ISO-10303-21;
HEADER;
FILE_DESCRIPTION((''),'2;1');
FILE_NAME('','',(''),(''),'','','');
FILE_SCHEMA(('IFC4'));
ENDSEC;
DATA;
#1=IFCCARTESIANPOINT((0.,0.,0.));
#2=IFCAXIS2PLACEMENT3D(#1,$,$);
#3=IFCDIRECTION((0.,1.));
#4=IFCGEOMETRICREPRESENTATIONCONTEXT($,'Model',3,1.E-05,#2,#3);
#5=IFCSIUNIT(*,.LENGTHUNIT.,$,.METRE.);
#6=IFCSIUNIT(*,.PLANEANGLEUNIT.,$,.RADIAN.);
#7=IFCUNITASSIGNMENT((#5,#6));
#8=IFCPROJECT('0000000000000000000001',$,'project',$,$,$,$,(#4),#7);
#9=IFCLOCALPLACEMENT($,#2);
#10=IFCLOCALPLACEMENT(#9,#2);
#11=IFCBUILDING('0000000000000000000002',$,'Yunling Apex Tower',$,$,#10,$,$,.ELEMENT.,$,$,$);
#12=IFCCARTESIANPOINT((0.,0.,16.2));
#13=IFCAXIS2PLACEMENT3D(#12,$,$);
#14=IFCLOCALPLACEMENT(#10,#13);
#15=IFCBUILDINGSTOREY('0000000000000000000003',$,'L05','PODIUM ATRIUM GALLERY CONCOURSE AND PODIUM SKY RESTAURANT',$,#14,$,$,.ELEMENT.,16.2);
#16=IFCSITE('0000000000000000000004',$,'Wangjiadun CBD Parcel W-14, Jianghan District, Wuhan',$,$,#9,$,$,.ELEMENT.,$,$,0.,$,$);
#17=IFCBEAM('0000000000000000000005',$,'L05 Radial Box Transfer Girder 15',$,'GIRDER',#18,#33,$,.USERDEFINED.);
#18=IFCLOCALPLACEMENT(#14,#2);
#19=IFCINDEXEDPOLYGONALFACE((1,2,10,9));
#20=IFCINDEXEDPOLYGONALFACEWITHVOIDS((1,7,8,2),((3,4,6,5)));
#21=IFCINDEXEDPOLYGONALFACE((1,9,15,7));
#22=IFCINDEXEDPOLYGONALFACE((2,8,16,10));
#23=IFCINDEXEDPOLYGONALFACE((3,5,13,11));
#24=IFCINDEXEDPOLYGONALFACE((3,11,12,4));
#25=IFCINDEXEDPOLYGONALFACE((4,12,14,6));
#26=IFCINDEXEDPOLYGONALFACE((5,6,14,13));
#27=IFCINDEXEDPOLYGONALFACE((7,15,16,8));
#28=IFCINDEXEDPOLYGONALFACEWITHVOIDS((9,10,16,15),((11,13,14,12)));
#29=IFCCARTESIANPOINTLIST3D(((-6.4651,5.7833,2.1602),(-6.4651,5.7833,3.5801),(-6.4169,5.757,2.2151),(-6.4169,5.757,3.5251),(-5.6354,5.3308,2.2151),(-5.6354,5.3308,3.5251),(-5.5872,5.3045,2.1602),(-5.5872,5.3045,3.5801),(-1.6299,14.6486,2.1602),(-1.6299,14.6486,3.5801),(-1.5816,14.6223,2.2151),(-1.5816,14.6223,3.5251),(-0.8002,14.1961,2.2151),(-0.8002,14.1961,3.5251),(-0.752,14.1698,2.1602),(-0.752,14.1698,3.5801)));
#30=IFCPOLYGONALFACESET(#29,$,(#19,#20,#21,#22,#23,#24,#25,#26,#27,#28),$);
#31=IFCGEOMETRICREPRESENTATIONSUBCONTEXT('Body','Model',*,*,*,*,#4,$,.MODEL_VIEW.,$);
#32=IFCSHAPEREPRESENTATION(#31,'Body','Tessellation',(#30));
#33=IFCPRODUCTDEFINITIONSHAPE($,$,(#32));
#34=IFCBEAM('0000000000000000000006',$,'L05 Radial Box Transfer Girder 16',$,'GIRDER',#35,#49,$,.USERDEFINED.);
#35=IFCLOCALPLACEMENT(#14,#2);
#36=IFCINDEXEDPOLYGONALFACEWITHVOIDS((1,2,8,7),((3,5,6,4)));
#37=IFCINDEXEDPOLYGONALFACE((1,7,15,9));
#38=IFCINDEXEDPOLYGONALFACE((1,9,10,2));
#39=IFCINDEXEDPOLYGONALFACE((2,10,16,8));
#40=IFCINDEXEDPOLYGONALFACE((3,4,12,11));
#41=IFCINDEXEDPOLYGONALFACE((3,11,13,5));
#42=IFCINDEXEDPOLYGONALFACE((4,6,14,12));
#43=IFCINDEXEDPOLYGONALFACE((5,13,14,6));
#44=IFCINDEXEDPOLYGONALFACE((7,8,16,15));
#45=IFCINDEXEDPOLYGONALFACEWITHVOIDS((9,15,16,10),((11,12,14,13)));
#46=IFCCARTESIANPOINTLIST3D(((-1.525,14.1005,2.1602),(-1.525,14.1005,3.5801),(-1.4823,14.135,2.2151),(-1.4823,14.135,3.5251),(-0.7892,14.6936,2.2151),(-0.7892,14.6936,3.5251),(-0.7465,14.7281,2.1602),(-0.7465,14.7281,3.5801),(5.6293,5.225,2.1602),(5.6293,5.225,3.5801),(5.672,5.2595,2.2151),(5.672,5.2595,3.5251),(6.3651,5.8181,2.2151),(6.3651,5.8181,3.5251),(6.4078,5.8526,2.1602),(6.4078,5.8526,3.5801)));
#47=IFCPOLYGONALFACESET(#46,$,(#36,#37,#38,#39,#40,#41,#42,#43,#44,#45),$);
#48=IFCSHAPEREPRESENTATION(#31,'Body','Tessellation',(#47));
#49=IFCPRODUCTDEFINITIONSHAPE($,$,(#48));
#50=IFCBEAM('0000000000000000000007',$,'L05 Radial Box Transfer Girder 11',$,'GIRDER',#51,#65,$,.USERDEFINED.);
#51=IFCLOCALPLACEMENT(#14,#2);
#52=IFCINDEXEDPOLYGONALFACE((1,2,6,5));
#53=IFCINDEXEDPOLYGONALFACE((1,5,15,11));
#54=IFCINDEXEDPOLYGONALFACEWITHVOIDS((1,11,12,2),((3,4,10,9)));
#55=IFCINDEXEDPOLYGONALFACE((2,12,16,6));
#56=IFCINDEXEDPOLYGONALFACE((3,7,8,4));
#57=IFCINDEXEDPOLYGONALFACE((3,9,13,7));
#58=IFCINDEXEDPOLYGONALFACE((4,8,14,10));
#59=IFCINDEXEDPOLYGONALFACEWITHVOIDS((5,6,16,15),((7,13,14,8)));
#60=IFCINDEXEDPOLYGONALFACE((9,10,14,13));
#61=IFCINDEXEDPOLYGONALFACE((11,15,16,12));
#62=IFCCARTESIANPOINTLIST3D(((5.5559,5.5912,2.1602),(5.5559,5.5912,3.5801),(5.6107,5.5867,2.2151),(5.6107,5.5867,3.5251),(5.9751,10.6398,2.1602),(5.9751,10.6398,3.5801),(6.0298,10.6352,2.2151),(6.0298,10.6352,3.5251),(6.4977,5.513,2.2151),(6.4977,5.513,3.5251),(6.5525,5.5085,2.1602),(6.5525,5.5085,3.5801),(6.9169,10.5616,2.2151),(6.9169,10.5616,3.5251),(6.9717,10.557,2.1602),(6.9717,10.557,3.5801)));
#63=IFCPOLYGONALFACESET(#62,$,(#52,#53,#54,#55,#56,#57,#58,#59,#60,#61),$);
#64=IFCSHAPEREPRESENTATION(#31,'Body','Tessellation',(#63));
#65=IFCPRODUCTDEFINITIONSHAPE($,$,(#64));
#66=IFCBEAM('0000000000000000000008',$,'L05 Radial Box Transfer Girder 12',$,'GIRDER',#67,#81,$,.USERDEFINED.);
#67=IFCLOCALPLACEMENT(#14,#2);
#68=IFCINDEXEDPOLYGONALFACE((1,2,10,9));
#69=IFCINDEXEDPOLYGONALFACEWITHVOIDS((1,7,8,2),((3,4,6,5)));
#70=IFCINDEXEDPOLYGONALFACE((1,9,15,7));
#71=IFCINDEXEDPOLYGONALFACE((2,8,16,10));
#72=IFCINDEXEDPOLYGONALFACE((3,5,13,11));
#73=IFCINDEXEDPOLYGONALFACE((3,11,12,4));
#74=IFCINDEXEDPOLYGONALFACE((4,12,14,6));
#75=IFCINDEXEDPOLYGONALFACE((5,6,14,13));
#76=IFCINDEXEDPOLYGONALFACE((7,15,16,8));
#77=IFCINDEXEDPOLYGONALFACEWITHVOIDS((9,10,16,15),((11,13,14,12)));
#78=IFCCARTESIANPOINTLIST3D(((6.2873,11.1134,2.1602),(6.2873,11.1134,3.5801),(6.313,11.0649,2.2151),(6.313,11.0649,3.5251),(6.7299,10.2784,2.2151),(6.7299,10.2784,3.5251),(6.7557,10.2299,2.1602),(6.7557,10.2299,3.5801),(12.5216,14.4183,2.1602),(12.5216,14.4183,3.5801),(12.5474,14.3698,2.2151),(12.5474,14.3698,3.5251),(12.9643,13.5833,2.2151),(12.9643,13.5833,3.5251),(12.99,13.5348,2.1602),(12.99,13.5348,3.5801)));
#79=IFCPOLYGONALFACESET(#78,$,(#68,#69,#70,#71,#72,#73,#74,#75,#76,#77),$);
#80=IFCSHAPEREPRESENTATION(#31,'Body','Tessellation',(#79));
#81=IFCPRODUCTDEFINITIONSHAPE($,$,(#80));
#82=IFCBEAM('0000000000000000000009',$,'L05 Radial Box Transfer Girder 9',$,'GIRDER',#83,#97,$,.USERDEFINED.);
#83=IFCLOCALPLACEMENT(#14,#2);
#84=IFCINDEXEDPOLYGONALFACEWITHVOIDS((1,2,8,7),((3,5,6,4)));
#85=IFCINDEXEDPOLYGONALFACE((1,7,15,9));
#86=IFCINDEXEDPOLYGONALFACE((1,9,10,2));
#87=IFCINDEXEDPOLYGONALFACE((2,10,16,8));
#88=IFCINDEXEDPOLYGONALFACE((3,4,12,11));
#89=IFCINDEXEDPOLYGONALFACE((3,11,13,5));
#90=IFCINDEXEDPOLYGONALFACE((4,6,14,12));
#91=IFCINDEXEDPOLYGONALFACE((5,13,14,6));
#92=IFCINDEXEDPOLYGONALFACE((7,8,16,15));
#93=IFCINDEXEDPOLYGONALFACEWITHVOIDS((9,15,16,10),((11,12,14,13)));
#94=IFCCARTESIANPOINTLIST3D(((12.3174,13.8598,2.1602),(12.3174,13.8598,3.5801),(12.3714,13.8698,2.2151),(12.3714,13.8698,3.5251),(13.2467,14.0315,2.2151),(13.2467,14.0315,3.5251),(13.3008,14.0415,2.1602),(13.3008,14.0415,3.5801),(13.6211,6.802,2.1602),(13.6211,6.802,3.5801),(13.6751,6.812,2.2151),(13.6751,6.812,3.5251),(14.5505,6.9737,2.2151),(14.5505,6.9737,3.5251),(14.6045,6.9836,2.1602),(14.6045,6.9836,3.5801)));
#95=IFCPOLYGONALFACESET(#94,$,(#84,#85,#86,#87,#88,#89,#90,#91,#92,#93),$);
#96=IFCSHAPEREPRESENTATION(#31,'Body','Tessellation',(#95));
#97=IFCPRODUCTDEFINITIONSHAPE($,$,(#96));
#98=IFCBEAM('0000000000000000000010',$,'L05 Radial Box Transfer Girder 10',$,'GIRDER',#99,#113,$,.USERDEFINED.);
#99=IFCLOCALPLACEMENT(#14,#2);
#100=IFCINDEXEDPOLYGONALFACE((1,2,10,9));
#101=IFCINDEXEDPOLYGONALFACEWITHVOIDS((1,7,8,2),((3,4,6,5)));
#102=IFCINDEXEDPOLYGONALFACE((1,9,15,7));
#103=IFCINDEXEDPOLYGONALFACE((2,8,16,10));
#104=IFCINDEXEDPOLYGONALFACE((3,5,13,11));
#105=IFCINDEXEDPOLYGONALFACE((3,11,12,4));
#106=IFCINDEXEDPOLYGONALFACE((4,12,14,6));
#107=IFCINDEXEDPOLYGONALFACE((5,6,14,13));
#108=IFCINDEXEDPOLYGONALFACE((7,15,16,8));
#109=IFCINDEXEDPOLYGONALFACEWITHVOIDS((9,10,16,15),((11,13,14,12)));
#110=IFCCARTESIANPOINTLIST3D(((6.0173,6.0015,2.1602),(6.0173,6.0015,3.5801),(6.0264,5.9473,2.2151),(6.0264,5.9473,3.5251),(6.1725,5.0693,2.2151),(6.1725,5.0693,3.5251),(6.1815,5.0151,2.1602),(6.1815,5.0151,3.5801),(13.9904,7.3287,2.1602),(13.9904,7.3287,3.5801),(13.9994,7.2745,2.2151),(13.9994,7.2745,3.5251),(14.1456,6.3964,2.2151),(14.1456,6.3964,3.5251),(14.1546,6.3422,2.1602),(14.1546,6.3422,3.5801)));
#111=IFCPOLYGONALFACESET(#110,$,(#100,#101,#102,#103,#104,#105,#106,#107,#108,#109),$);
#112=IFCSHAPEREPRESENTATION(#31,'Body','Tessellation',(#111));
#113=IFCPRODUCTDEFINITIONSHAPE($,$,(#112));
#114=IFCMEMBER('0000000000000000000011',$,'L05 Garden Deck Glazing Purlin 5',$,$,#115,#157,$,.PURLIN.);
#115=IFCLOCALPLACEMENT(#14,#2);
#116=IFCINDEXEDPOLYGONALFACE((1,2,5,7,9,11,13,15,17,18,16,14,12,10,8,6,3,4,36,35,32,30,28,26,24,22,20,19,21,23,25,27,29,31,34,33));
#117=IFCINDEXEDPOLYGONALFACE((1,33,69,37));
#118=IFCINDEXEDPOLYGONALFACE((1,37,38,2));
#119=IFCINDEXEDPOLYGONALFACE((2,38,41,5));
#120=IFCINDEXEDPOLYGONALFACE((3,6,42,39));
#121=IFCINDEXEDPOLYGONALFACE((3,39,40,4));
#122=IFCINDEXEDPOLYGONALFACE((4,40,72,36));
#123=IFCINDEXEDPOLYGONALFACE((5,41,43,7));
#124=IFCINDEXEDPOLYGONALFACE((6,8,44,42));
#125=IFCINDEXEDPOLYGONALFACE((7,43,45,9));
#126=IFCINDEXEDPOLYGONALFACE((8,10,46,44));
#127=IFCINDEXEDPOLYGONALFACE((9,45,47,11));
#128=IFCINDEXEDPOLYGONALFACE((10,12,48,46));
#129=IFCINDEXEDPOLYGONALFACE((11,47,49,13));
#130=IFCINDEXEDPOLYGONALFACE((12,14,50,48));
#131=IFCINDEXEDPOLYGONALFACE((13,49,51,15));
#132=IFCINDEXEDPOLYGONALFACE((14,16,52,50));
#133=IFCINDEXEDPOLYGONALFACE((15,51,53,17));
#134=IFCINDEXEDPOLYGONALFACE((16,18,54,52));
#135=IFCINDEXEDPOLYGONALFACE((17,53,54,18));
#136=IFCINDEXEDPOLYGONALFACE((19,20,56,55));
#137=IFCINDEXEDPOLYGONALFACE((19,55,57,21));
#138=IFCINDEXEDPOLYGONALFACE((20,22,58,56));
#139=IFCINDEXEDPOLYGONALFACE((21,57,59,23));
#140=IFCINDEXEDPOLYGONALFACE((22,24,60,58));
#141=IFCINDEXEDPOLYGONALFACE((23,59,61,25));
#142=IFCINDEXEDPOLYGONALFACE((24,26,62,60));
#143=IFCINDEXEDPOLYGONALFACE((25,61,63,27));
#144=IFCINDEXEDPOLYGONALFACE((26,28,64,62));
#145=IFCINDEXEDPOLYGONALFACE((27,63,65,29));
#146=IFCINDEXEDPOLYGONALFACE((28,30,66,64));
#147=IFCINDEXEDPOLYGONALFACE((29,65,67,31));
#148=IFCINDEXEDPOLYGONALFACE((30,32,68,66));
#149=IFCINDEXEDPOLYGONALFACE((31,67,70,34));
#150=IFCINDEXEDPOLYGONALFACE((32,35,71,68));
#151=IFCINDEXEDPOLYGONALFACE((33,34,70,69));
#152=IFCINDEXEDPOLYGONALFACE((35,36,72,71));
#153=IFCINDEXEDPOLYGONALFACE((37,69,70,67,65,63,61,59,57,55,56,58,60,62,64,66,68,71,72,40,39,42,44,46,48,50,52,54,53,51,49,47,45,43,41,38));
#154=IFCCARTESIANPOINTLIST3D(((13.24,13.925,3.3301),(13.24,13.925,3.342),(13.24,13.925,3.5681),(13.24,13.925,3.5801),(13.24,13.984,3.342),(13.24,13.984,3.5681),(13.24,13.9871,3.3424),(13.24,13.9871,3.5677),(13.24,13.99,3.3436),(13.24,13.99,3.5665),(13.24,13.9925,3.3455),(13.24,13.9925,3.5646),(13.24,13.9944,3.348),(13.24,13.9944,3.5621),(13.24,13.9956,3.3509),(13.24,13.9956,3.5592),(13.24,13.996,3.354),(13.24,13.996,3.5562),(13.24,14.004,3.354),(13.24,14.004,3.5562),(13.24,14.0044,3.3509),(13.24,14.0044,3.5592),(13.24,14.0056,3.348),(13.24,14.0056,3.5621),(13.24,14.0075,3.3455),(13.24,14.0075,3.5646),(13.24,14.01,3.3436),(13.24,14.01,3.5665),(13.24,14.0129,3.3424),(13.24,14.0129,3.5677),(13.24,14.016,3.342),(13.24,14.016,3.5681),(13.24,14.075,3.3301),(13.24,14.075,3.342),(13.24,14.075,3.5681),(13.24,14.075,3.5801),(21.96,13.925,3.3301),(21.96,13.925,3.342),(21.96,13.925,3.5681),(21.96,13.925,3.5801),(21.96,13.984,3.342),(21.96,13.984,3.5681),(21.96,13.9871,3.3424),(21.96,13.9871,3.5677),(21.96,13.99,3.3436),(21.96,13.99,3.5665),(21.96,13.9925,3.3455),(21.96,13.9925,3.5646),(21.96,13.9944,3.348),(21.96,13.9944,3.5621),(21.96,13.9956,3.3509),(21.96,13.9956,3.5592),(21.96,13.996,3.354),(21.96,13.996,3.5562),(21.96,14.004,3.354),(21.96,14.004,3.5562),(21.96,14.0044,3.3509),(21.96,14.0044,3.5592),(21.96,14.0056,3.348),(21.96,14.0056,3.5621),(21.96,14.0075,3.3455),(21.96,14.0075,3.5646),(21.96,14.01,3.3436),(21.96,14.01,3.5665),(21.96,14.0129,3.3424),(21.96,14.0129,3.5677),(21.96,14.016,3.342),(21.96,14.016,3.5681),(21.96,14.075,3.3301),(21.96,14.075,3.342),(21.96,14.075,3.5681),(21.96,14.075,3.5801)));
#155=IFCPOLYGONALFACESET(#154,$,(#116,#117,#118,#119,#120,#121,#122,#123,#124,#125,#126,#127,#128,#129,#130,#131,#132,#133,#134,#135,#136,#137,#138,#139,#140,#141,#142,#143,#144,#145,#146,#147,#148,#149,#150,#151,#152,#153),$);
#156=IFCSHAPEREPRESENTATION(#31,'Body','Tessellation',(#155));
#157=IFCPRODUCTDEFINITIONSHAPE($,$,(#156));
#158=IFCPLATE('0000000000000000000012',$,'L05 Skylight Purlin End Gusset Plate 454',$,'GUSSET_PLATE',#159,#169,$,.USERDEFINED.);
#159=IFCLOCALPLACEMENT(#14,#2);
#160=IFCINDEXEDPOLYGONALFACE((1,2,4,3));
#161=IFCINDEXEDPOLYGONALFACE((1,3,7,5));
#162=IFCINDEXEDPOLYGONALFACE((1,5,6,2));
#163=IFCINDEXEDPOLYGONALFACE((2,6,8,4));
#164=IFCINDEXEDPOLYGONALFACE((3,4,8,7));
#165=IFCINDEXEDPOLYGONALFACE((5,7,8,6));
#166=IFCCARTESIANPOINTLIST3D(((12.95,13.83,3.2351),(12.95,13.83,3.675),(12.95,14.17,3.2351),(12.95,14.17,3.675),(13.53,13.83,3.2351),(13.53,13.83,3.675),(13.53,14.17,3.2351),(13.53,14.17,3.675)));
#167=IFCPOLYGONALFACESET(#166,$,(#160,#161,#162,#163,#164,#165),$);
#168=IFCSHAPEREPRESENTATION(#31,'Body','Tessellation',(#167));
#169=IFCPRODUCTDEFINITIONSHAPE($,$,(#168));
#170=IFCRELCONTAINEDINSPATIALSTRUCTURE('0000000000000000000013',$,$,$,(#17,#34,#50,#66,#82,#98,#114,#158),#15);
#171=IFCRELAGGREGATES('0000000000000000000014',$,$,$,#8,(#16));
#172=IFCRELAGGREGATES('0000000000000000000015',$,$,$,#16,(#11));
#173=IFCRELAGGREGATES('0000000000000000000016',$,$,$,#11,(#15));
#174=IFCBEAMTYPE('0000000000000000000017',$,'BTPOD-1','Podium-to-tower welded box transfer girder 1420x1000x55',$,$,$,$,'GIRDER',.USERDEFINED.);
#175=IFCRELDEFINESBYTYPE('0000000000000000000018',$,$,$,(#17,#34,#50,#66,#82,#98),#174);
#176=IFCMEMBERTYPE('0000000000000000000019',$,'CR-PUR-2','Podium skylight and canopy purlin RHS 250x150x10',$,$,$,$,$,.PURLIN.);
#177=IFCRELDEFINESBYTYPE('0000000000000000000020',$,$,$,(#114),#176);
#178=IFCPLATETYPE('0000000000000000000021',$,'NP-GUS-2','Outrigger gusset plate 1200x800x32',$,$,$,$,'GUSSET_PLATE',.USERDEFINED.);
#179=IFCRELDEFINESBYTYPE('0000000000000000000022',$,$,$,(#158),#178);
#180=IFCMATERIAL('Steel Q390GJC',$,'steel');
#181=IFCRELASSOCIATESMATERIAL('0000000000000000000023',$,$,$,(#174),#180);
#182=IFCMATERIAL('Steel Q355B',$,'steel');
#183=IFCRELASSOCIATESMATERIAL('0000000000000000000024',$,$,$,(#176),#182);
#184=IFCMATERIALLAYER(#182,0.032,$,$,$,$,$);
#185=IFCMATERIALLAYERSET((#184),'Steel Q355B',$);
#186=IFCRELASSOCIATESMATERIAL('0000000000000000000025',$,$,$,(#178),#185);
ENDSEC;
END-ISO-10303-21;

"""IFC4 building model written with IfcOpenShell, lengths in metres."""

from ifc_helpers import new_model, si_unit, direction, frame, origin, origin_2d, place, context, subcontext, project, spatial, rectangle, hollow_rectangle, i_section, extrude, source, transform, mapped, material, layer, layer_set, material_profile, profile_set, type_object, element, save


model = new_model("IFC4")

# Units and contexts
model_context = context("Model", 3, precision=1e-05, world=origin(), true_north=direction((0.0, 1.0)))
body_context = subcontext(model_context, "Body", "Model", "MODEL_VIEW")
ifc_project = project(units=[si_unit("LENGTHUNIT", "METRE"), si_unit("PLANEANGLEUNIT", "RADIAN")], contexts=[model_context])

# Site, building, storey
site_placement = place(None, origin())
site = spatial("IfcSite", under=ifc_project, at=site_placement, Name="Wangjiadun CBD Parcel W-14, Jianghan District, Wuhan", CompositionType="ELEMENT", RefElevation=0.0)
building_placement = place(site_placement, origin())
building = spatial("IfcBuilding", under=site, at=building_placement, Name="Yunling Apex Tower", CompositionType="ELEMENT")
storey_placement = place(building_placement, frame((0.0, 0.0, 16.2)))
storey = spatial("IfcBuildingStorey", under=building, at=storey_placement, Name="L05", Description="PODIUM ATRIUM GALLERY CONCOURSE AND PODIUM SKY RESTAURANT", CompositionType="ELEMENT", Elevation=16.2)

# Beams
ifc_material_1 = material(Name="Steel Q355B", Category="steel")
ifc_material_2 = material(Name="Steel Q390GJC", Category="steel")
ifc_material_profile_1 = material_profile(ifc_material_2, hollow_rectangle(XDim=1.0, YDim=1.4199, WallThickness=0.0549, at=origin_2d()))
ifc_profile_set_1 = profile_set([ifc_material_profile_1], Name="Steel Q390GJC")
beam_type_1 = type_object("IfcBeamType", Name="BTPOD-1", Description="Podium-to-tower welded box transfer girder 1420x1000x55", ElementType="GIRDER", PredefinedType="USERDEFINED", material=ifc_profile_set_1)
shared_shape_1 = source(origin(), body_context, "Body", "SweptSolid", [
    extrude(hollow_rectangle(XDim=1.0, YDim=1.4199, WallThickness=0.0549, at=origin_2d()), origin(), (0.0, 0.0, 1.0), 10.0981),
])
beam_1_placement = place(storey_placement, frame((-1.1909, 14.4092, 2.8701), z_axis=(-0.478823, -0.877911, 0.0), x_axis=(0.877911, -0.478823, 0.0)))
element("IfcBeam", 1, at=beam_1_placement, inside=storey, type_object=beam_type_1, Name="L05 Radial Box Transfer Girder 15", ObjectType="GIRDER", PredefinedType="USERDEFINED", context=body_context, shape_type="MappedRepresentation", body=[
    mapped(shared_shape_1, transform((0.0, 0.0, 0.0), scale=1.0)),
])
shared_shape_2 = source(origin(), body_context, "Body", "SweptSolid", [
    extrude(hollow_rectangle(XDim=1.0, YDim=1.4199, WallThickness=0.0549, at=origin_2d()), origin(), (0.0, 0.0, 1.0), 11.3999),
])
beam_2_placement = place(storey_placement, frame((-1.1357, 14.4143, 2.8701), z_axis=(0.627574, -0.778557, 0.0), x_axis=(0.778557, 0.627574, 0.0)))
element("IfcBeam", 2, at=beam_2_placement, inside=storey, type_object=beam_type_1, Name="L05 Radial Box Transfer Girder 16", ObjectType="GIRDER", PredefinedType="USERDEFINED", context=body_context, shape_type="MappedRepresentation", body=[
    mapped(shared_shape_2, transform((0.0, 0.0, 0.0), scale=1.0)),
])
shared_shape_3 = source(origin(), body_context, "Body", "SweptSolid", [
    extrude(hollow_rectangle(XDim=1.0, YDim=1.4199, WallThickness=0.0549, at=origin_2d()), origin(), (0.0, 0.0, 1.0), 5.0659),
])
beam_3_placement = place(storey_placement, frame((6.4734, 10.5984, 2.8701), z_axis=(-0.082746, -0.996571, 0.0), x_axis=(0.996571, -0.082746, 0.0)))
element("IfcBeam", 3, at=beam_3_placement, inside=storey, type_object=beam_type_1, Name="L05 Radial Box Transfer Girder 11", ObjectType="GIRDER", PredefinedType="USERDEFINED", context=body_context, shape_type="MappedRepresentation", body=[
    mapped(shared_shape_3, transform((0.0, 0.0, 0.0), scale=1.0)),
])
shared_shape_4 = source(origin(), body_context, "Body", "SweptSolid", [
    extrude(hollow_rectangle(XDim=1.0, YDim=1.4199, WallThickness=0.0549, at=origin_2d()), origin(), (0.0, 0.0, 1.0), 7.0562),
])
beam_4_placement = place(storey_placement, frame((6.5215, 10.6716, 2.8701), z_axis=(0.883531, 0.468373, 0.0), x_axis=(-0.468373, 0.883531, 0.0)))
element("IfcBeam", 4, at=beam_4_placement, inside=storey, type_object=beam_type_1, Name="L05 Radial Box Transfer Girder 12", ObjectType="GIRDER", PredefinedType="USERDEFINED", context=body_context, shape_type="MappedRepresentation", body=[
    mapped(shared_shape_4, transform((0.0, 0.0, 0.0), scale=1.0)),
])
shared_shape_5 = source(origin(), body_context, "Body", "SweptSolid", [
    extrude(hollow_rectangle(XDim=1.0, YDim=1.4199, WallThickness=0.0549, at=origin_2d()), origin(), (0.0, 0.0, 1.0), 7.1772),
])
beam_5_placement = place(storey_placement, frame((14.1128, 6.8928, 2.8701), z_axis=(-0.181645, 0.983364, 0.0), x_axis=(-0.983364, -0.181645, 0.0)))
element("IfcBeam", 5, at=beam_5_placement, inside=storey, type_object=beam_type_1, Name="L05 Radial Box Transfer Girder 9", ObjectType="GIRDER", PredefinedType="USERDEFINED", context=body_context, shape_type="MappedRepresentation", body=[
    mapped(shared_shape_5, transform((0.0, 0.0, 0.0), scale=1.0)),
])
shared_shape_6 = source(origin(), body_context, "Body", "SweptSolid", [
    extrude(hollow_rectangle(XDim=1.0, YDim=1.4199, WallThickness=0.0549, at=origin_2d()), origin(), (0.0, 0.0, 1.0), 8.0828),
])
beam_6_placement = place(storey_placement, frame((14.0725, 6.8354, 2.8701), z_axis=(-0.986428, -0.164193, 0.0), x_axis=(0.164193, -0.986428, 0.0)))
element("IfcBeam", 6, at=beam_6_placement, inside=storey, type_object=beam_type_1, Name="L05 Radial Box Transfer Girder 10", ObjectType="GIRDER", PredefinedType="USERDEFINED", context=body_context, shape_type="MappedRepresentation", body=[
    mapped(shared_shape_6, transform((0.0, 0.0, 0.0), scale=1.0)),
])

# Member
ifc_material_profile_2 = material_profile(ifc_material_1, i_section(OverallWidth=0.1499, OverallDepth=0.25, WebThickness=0.0081, FlangeThickness=0.012, FilletRadius=0.012, at=origin_2d()))
ifc_profile_set_2 = profile_set([ifc_material_profile_2], Name="Steel Q355B")
member_type = type_object("IfcMemberType", Name="CR-PUR-2", Description="Podium skylight and canopy purlin RHS 250x150x10", PredefinedType="PURLIN", material=ifc_profile_set_2)
shared_shape_7 = source(origin(), body_context, "Body", "SweptSolid", [
    extrude(i_section(OverallWidth=0.1499, OverallDepth=0.25, WebThickness=0.0081, FlangeThickness=0.012, FilletRadius=0.012, at=origin_2d()), origin(), (0.0, 0.0, 1.0), 8.72),
])
member_placement = place(storey_placement, frame((13.24, 14.0, 3.4551), z_axis=(1.0, 0.0, 0.0), x_axis=(0.0, 1.0, 0.0)))
element("IfcMember", 7, at=member_placement, inside=storey, type_object=member_type, Name="L05 Garden Deck Glazing Purlin 5", PredefinedType="PURLIN", context=body_context, shape_type="MappedRepresentation", body=[
    mapped(shared_shape_7, transform((0.0, 0.0, 0.0), scale=1.0)),
])

# Plate
ifc_layer_1 = layer(ifc_material_1, 0.032)
ifc_layer_set_1 = layer_set([ifc_layer_1], Name="Steel Q355B")
plate_type = type_object("IfcPlateType", Name="NP-GUS-2", Description="Outrigger gusset plate 1200x800x32", ElementType="GUSSET_PLATE", PredefinedType="USERDEFINED", material=ifc_layer_set_1)
shared_shape_8 = source(origin(), body_context, "Body", "SweptSolid", [
    extrude(rectangle(XDim=0.5801, YDim=0.3401, at=origin_2d()), origin(), (0.0, 0.0, 1.0), 0.4399),
])
plate_placement = place(storey_placement, frame((13.24, 14.0, 3.2351), z_axis=(0.0, 0.0, 1.0), x_axis=(1.0, 0.0, 0.0)))
element("IfcPlate", 8, at=plate_placement, inside=storey, type_object=plate_type, Name="L05 Skylight Purlin End Gusset Plate 454", ObjectType="GUSSET_PLATE", PredefinedType="USERDEFINED", context=body_context, shape_type="MappedRepresentation", body=[
    mapped(shared_shape_8, transform((0.0, 0.0, 0.0), scale=1.0)),
])

save(model, "model.ifc")
